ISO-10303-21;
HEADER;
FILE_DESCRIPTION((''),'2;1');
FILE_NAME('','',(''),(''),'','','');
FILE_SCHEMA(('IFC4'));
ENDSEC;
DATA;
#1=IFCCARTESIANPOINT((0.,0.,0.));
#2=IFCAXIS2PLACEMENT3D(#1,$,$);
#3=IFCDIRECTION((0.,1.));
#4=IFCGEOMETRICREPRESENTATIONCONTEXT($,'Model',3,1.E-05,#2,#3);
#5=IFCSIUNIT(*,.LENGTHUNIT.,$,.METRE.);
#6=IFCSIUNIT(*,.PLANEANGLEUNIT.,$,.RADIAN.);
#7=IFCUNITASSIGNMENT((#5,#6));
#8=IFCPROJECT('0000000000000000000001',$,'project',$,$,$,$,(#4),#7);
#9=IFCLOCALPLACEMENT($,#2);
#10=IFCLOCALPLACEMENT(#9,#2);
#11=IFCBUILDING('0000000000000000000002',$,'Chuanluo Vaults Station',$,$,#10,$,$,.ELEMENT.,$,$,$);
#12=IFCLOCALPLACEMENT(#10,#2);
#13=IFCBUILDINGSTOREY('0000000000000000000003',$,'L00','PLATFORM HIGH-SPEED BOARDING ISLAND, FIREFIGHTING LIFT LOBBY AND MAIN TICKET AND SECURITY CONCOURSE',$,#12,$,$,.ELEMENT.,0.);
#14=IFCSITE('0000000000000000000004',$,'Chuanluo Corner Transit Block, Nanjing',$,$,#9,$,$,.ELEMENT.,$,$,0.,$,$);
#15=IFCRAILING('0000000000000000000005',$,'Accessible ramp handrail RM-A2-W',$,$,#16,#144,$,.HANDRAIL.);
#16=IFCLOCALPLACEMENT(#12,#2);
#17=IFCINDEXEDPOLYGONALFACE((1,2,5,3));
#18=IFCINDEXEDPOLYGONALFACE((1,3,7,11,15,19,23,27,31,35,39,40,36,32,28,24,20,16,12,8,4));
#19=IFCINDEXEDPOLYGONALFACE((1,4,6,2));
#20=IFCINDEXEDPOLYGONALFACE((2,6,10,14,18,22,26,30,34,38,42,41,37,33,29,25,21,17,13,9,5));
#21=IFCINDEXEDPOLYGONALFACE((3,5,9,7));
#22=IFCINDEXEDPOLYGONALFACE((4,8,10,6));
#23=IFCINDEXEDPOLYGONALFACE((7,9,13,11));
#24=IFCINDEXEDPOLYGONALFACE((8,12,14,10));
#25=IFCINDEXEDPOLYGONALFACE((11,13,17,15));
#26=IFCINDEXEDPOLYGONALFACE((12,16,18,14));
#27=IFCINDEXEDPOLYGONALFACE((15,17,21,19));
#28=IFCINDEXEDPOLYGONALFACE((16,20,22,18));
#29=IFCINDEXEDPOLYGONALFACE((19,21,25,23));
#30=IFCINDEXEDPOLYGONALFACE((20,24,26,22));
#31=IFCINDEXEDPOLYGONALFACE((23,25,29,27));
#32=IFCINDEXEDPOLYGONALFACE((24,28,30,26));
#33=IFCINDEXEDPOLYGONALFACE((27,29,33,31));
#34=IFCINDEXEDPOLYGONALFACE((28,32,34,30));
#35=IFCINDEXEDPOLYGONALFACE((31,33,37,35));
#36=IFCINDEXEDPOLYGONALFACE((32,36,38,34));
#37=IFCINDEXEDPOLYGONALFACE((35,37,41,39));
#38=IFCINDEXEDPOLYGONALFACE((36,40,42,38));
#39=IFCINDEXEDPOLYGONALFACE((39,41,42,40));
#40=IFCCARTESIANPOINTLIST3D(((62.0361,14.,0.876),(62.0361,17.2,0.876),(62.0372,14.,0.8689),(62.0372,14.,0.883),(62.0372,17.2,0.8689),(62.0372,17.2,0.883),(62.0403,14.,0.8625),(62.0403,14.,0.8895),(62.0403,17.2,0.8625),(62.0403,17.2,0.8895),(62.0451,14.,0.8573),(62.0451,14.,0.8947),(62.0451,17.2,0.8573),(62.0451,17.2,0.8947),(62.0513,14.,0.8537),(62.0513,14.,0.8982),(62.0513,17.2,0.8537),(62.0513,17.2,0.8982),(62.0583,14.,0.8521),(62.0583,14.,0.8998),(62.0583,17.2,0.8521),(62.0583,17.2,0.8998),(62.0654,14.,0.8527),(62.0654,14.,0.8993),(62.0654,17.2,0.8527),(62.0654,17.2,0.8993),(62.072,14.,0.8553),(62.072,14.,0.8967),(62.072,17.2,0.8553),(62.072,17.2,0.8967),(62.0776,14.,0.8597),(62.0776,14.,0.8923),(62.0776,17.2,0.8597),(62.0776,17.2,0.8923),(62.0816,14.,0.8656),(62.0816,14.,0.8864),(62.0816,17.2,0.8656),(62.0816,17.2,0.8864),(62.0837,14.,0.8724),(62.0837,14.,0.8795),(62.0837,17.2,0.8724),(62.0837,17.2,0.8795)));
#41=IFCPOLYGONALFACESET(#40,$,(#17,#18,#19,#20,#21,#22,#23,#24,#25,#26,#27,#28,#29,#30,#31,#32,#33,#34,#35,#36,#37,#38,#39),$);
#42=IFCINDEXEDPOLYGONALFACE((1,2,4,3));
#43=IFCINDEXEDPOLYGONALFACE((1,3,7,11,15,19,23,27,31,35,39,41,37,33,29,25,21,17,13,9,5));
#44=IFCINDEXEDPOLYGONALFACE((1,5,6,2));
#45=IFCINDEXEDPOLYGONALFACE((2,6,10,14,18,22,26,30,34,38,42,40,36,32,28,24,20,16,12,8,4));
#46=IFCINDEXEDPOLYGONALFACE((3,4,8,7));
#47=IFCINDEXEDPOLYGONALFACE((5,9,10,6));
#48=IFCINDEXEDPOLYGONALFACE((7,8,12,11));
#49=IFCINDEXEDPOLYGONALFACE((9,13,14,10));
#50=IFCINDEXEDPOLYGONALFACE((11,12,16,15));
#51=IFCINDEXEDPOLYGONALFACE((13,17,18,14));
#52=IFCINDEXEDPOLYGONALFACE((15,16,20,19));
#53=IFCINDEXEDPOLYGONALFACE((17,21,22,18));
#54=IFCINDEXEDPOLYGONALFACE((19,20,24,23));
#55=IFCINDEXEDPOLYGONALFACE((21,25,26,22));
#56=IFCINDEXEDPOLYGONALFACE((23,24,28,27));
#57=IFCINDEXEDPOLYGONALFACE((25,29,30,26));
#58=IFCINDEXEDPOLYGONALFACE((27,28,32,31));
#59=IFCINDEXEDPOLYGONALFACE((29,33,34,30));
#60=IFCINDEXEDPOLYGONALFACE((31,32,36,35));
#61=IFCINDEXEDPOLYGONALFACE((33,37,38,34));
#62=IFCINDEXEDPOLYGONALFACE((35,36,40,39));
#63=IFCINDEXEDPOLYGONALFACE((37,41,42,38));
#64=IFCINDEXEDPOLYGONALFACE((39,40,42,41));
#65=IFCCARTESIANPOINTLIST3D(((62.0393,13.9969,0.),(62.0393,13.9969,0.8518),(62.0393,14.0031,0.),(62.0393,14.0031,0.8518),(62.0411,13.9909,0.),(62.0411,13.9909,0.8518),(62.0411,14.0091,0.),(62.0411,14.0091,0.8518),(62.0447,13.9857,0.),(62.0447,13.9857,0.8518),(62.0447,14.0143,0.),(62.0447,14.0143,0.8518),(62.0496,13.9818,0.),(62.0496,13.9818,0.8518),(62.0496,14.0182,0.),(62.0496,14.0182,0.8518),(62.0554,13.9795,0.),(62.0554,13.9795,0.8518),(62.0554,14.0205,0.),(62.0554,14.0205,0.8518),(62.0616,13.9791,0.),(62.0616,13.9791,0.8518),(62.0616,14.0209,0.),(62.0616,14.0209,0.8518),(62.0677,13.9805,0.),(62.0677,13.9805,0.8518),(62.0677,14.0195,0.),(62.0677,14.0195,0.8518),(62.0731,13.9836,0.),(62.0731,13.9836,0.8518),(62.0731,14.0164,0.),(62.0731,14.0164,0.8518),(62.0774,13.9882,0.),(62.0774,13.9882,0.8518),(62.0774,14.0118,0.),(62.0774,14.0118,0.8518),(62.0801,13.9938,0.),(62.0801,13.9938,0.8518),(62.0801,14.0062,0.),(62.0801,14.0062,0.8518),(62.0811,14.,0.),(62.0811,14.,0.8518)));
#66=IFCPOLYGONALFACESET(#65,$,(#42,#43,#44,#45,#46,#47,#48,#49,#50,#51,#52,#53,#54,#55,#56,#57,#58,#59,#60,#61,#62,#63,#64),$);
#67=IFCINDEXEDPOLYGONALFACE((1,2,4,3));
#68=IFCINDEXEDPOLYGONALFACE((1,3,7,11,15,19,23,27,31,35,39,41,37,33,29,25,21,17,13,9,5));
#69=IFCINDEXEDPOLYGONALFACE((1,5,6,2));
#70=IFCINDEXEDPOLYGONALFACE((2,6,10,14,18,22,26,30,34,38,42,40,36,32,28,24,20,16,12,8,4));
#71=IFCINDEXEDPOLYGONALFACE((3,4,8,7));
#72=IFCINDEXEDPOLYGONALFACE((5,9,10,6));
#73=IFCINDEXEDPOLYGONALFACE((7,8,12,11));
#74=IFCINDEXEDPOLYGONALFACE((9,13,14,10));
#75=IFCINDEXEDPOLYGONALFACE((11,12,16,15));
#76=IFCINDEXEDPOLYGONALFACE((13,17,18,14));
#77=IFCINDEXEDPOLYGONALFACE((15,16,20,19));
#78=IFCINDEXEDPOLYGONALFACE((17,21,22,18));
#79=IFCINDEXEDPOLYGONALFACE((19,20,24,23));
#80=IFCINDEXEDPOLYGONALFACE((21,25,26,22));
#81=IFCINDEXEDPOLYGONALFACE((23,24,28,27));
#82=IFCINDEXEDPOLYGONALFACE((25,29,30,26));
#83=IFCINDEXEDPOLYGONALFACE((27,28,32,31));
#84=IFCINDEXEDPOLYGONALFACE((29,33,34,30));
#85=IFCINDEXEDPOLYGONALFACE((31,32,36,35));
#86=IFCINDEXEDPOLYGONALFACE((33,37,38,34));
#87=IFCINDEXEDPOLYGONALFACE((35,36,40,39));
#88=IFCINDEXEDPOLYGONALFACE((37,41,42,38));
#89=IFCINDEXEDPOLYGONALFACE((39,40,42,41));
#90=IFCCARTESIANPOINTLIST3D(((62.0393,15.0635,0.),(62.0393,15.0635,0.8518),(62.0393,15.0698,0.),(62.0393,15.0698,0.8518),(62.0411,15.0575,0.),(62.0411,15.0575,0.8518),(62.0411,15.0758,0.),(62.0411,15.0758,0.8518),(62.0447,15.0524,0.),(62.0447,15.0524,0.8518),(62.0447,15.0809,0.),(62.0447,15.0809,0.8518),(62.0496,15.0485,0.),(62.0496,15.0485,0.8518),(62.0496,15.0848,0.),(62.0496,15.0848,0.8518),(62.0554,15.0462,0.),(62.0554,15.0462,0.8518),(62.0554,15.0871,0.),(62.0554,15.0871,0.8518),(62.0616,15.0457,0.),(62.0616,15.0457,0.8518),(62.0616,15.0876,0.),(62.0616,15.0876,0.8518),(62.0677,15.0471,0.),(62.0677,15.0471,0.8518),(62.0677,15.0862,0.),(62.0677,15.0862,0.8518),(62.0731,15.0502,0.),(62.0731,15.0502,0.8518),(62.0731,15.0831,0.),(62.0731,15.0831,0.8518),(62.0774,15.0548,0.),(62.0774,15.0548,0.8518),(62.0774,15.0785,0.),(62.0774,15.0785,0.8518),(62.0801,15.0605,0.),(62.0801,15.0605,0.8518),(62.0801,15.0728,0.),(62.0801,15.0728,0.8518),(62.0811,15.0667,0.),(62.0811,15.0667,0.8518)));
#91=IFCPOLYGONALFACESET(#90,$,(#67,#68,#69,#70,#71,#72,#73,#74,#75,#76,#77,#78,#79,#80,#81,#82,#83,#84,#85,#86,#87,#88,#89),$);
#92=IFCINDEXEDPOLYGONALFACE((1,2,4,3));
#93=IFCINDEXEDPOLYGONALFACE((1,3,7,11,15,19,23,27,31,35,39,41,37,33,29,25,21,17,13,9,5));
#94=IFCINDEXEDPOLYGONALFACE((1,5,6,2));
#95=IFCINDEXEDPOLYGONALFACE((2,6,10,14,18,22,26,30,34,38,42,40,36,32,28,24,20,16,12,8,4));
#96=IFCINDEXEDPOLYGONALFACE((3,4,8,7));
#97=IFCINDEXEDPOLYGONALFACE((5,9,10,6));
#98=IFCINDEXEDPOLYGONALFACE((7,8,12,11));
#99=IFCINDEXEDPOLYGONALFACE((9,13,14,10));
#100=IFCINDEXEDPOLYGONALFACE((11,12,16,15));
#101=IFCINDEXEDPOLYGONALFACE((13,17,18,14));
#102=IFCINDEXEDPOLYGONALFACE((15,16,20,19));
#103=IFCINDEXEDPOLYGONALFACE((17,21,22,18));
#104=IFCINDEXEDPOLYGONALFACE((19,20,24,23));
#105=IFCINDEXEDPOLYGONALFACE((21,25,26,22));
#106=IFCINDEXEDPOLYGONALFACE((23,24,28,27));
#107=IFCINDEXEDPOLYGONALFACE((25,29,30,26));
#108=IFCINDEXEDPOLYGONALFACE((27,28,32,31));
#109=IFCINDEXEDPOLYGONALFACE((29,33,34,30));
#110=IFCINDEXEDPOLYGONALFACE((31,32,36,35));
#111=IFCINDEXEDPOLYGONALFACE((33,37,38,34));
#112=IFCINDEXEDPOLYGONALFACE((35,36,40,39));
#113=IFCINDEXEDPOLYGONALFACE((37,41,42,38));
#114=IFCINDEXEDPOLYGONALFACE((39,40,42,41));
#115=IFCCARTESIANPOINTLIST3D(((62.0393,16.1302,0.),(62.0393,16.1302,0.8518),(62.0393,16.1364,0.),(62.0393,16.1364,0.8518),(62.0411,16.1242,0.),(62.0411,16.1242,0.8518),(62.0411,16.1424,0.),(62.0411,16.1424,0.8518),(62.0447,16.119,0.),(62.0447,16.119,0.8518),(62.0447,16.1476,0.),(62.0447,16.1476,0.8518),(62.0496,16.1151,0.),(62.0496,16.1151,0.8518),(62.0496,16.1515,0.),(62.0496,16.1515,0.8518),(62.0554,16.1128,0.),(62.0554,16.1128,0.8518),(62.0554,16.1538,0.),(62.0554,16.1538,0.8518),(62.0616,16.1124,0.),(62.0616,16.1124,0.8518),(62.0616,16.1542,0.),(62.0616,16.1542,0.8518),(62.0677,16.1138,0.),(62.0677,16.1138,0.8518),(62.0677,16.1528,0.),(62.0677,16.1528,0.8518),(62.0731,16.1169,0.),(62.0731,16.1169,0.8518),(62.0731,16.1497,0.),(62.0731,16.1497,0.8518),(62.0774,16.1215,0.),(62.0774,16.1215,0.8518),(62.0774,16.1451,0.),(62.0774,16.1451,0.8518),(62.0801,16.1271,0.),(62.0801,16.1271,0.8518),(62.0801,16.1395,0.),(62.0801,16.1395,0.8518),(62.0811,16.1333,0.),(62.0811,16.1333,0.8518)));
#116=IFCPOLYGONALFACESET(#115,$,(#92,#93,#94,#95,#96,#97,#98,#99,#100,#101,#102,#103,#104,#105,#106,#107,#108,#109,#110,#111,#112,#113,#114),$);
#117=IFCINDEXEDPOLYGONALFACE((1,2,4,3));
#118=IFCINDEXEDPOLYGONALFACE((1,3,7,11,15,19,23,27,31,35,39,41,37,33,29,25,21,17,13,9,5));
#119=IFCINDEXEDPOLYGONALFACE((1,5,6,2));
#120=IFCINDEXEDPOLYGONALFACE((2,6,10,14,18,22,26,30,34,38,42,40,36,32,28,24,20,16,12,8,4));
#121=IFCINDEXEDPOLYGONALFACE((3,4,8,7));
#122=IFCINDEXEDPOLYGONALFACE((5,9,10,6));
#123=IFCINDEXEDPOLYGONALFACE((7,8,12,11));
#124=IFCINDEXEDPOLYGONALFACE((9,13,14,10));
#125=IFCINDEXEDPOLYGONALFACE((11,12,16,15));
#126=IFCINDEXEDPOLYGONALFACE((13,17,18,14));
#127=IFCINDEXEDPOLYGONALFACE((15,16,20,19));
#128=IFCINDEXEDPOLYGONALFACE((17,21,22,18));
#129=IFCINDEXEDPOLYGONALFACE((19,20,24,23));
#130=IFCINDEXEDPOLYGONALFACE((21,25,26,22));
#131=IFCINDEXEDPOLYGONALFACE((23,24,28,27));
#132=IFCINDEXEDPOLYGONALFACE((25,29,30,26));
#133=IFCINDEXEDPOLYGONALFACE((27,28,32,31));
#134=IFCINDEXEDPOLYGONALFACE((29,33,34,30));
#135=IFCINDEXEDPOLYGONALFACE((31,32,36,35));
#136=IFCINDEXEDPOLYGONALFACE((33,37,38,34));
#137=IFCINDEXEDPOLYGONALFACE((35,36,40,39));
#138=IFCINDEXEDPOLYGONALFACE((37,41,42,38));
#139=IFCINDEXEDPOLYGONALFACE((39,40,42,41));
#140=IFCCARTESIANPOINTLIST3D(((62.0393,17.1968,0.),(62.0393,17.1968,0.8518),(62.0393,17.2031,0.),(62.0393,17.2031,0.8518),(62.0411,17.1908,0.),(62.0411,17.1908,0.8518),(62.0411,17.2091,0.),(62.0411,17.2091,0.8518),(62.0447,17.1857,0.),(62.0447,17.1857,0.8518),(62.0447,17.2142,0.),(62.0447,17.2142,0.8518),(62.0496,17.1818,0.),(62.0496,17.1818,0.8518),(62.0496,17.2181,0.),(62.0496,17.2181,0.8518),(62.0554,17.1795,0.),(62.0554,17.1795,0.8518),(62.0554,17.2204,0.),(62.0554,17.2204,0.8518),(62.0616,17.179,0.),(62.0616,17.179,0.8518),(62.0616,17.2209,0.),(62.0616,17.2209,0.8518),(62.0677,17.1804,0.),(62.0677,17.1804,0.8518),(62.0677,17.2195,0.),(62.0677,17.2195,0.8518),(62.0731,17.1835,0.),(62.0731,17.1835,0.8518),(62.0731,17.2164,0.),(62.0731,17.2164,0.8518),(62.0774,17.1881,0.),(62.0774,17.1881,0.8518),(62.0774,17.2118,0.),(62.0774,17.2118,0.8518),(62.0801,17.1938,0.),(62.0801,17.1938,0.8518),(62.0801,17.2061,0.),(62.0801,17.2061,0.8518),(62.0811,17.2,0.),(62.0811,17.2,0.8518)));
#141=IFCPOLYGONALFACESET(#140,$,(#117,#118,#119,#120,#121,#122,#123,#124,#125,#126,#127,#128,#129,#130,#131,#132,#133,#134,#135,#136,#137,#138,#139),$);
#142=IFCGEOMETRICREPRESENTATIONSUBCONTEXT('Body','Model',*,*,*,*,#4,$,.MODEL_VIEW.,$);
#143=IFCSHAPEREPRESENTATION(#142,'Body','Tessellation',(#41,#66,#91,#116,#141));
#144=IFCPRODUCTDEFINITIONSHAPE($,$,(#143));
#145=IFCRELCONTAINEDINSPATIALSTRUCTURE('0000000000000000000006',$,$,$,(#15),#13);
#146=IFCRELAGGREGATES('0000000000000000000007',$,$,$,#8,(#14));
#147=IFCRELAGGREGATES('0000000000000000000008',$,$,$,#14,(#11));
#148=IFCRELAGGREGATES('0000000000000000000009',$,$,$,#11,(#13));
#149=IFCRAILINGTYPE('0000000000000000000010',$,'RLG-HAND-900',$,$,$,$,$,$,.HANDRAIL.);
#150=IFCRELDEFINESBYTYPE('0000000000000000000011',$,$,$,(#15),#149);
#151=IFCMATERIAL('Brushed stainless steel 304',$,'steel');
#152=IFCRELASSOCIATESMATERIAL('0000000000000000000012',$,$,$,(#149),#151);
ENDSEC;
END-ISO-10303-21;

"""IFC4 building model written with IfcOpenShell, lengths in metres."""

from ifc_helpers import new_model, si_unit, direction, frame, origin, origin_2d, place, context, subcontext, project, spatial, circle, extrude, material, type_object, element, save


model = new_model("IFC4")

# Units and contexts
model_context = context("Model", 3, precision=1e-05, world=origin(), true_north=direction((0.0, 1.0)))
body_context = subcontext(model_context, "Body", "Model", "MODEL_VIEW")
ifc_project = project(units=[si_unit("LENGTHUNIT", "METRE"), si_unit("PLANEANGLEUNIT", "RADIAN")], contexts=[model_context])

# Site, building, storey
site_placement = place(None, origin())
site = spatial("IfcSite", under=ifc_project, at=site_placement, Name="Chuanluo Corner Transit Block, Nanjing", CompositionType="ELEMENT", RefElevation=0.0)
building_placement = place(site_placement, origin())
building = spatial("IfcBuilding", under=site, at=building_placement, Name="Chuanluo Vaults Station", CompositionType="ELEMENT")
storey_placement = place(building_placement, origin())
storey = spatial("IfcBuildingStorey", under=building, at=storey_placement, Name="L00", Description="PLATFORM HIGH-SPEED BOARDING ISLAND, FIREFIGHTING LIFT LOBBY AND MAIN TICKET AND SECURITY CONCOURSE", CompositionType="ELEMENT", Elevation=0.0)

# Railing
ifc_material_1 = material(Name="Brushed stainless steel 304", Category="steel")
railing_type_1 = type_object("IfcRailingType", Name="RLG-HAND-900", PredefinedType="HANDRAIL", material=ifc_material_1)
for number, where, name in (
    (1, (62.0601, 14.0, 0.0), "Accessible ramp handrail RM-A2-W"),
):
    element("IfcRailing", number, at=place(storey_placement, frame(where)), inside=storey, type_object=railing_type_1, Name=name, PredefinedType="HANDRAIL", context=body_context, shape_type="SweptSolid", body=[
        extrude(circle(Radius=0.0239, at=origin_2d()), frame((0.0, 0.0, 0.876), z_axis=(0.0, 1.0, 0.0), x_axis=(-1.0, 0.0, 0.0)), (0.0, 0.0, 1.0), 3.2),
        extrude(circle(Radius=0.021, at=origin_2d()), origin(), (0.0, 0.0, 1.0), 0.8518),
        extrude(circle(Radius=0.021, at=origin_2d()), frame((0.0, 1.0667, 0.0)), (0.0, 0.0, 1.0), 0.8518),
        extrude(circle(Radius=0.021, at=origin_2d()), frame((0.0, 2.1333, 0.0)), (0.0, 0.0, 1.0), 0.8518),
        extrude(circle(Radius=0.021, at=origin_2d()), frame((0.0, 3.2, 0.0)), (0.0, 0.0, 1.0), 0.8518),
    ])

save(model, "model.ifc")
